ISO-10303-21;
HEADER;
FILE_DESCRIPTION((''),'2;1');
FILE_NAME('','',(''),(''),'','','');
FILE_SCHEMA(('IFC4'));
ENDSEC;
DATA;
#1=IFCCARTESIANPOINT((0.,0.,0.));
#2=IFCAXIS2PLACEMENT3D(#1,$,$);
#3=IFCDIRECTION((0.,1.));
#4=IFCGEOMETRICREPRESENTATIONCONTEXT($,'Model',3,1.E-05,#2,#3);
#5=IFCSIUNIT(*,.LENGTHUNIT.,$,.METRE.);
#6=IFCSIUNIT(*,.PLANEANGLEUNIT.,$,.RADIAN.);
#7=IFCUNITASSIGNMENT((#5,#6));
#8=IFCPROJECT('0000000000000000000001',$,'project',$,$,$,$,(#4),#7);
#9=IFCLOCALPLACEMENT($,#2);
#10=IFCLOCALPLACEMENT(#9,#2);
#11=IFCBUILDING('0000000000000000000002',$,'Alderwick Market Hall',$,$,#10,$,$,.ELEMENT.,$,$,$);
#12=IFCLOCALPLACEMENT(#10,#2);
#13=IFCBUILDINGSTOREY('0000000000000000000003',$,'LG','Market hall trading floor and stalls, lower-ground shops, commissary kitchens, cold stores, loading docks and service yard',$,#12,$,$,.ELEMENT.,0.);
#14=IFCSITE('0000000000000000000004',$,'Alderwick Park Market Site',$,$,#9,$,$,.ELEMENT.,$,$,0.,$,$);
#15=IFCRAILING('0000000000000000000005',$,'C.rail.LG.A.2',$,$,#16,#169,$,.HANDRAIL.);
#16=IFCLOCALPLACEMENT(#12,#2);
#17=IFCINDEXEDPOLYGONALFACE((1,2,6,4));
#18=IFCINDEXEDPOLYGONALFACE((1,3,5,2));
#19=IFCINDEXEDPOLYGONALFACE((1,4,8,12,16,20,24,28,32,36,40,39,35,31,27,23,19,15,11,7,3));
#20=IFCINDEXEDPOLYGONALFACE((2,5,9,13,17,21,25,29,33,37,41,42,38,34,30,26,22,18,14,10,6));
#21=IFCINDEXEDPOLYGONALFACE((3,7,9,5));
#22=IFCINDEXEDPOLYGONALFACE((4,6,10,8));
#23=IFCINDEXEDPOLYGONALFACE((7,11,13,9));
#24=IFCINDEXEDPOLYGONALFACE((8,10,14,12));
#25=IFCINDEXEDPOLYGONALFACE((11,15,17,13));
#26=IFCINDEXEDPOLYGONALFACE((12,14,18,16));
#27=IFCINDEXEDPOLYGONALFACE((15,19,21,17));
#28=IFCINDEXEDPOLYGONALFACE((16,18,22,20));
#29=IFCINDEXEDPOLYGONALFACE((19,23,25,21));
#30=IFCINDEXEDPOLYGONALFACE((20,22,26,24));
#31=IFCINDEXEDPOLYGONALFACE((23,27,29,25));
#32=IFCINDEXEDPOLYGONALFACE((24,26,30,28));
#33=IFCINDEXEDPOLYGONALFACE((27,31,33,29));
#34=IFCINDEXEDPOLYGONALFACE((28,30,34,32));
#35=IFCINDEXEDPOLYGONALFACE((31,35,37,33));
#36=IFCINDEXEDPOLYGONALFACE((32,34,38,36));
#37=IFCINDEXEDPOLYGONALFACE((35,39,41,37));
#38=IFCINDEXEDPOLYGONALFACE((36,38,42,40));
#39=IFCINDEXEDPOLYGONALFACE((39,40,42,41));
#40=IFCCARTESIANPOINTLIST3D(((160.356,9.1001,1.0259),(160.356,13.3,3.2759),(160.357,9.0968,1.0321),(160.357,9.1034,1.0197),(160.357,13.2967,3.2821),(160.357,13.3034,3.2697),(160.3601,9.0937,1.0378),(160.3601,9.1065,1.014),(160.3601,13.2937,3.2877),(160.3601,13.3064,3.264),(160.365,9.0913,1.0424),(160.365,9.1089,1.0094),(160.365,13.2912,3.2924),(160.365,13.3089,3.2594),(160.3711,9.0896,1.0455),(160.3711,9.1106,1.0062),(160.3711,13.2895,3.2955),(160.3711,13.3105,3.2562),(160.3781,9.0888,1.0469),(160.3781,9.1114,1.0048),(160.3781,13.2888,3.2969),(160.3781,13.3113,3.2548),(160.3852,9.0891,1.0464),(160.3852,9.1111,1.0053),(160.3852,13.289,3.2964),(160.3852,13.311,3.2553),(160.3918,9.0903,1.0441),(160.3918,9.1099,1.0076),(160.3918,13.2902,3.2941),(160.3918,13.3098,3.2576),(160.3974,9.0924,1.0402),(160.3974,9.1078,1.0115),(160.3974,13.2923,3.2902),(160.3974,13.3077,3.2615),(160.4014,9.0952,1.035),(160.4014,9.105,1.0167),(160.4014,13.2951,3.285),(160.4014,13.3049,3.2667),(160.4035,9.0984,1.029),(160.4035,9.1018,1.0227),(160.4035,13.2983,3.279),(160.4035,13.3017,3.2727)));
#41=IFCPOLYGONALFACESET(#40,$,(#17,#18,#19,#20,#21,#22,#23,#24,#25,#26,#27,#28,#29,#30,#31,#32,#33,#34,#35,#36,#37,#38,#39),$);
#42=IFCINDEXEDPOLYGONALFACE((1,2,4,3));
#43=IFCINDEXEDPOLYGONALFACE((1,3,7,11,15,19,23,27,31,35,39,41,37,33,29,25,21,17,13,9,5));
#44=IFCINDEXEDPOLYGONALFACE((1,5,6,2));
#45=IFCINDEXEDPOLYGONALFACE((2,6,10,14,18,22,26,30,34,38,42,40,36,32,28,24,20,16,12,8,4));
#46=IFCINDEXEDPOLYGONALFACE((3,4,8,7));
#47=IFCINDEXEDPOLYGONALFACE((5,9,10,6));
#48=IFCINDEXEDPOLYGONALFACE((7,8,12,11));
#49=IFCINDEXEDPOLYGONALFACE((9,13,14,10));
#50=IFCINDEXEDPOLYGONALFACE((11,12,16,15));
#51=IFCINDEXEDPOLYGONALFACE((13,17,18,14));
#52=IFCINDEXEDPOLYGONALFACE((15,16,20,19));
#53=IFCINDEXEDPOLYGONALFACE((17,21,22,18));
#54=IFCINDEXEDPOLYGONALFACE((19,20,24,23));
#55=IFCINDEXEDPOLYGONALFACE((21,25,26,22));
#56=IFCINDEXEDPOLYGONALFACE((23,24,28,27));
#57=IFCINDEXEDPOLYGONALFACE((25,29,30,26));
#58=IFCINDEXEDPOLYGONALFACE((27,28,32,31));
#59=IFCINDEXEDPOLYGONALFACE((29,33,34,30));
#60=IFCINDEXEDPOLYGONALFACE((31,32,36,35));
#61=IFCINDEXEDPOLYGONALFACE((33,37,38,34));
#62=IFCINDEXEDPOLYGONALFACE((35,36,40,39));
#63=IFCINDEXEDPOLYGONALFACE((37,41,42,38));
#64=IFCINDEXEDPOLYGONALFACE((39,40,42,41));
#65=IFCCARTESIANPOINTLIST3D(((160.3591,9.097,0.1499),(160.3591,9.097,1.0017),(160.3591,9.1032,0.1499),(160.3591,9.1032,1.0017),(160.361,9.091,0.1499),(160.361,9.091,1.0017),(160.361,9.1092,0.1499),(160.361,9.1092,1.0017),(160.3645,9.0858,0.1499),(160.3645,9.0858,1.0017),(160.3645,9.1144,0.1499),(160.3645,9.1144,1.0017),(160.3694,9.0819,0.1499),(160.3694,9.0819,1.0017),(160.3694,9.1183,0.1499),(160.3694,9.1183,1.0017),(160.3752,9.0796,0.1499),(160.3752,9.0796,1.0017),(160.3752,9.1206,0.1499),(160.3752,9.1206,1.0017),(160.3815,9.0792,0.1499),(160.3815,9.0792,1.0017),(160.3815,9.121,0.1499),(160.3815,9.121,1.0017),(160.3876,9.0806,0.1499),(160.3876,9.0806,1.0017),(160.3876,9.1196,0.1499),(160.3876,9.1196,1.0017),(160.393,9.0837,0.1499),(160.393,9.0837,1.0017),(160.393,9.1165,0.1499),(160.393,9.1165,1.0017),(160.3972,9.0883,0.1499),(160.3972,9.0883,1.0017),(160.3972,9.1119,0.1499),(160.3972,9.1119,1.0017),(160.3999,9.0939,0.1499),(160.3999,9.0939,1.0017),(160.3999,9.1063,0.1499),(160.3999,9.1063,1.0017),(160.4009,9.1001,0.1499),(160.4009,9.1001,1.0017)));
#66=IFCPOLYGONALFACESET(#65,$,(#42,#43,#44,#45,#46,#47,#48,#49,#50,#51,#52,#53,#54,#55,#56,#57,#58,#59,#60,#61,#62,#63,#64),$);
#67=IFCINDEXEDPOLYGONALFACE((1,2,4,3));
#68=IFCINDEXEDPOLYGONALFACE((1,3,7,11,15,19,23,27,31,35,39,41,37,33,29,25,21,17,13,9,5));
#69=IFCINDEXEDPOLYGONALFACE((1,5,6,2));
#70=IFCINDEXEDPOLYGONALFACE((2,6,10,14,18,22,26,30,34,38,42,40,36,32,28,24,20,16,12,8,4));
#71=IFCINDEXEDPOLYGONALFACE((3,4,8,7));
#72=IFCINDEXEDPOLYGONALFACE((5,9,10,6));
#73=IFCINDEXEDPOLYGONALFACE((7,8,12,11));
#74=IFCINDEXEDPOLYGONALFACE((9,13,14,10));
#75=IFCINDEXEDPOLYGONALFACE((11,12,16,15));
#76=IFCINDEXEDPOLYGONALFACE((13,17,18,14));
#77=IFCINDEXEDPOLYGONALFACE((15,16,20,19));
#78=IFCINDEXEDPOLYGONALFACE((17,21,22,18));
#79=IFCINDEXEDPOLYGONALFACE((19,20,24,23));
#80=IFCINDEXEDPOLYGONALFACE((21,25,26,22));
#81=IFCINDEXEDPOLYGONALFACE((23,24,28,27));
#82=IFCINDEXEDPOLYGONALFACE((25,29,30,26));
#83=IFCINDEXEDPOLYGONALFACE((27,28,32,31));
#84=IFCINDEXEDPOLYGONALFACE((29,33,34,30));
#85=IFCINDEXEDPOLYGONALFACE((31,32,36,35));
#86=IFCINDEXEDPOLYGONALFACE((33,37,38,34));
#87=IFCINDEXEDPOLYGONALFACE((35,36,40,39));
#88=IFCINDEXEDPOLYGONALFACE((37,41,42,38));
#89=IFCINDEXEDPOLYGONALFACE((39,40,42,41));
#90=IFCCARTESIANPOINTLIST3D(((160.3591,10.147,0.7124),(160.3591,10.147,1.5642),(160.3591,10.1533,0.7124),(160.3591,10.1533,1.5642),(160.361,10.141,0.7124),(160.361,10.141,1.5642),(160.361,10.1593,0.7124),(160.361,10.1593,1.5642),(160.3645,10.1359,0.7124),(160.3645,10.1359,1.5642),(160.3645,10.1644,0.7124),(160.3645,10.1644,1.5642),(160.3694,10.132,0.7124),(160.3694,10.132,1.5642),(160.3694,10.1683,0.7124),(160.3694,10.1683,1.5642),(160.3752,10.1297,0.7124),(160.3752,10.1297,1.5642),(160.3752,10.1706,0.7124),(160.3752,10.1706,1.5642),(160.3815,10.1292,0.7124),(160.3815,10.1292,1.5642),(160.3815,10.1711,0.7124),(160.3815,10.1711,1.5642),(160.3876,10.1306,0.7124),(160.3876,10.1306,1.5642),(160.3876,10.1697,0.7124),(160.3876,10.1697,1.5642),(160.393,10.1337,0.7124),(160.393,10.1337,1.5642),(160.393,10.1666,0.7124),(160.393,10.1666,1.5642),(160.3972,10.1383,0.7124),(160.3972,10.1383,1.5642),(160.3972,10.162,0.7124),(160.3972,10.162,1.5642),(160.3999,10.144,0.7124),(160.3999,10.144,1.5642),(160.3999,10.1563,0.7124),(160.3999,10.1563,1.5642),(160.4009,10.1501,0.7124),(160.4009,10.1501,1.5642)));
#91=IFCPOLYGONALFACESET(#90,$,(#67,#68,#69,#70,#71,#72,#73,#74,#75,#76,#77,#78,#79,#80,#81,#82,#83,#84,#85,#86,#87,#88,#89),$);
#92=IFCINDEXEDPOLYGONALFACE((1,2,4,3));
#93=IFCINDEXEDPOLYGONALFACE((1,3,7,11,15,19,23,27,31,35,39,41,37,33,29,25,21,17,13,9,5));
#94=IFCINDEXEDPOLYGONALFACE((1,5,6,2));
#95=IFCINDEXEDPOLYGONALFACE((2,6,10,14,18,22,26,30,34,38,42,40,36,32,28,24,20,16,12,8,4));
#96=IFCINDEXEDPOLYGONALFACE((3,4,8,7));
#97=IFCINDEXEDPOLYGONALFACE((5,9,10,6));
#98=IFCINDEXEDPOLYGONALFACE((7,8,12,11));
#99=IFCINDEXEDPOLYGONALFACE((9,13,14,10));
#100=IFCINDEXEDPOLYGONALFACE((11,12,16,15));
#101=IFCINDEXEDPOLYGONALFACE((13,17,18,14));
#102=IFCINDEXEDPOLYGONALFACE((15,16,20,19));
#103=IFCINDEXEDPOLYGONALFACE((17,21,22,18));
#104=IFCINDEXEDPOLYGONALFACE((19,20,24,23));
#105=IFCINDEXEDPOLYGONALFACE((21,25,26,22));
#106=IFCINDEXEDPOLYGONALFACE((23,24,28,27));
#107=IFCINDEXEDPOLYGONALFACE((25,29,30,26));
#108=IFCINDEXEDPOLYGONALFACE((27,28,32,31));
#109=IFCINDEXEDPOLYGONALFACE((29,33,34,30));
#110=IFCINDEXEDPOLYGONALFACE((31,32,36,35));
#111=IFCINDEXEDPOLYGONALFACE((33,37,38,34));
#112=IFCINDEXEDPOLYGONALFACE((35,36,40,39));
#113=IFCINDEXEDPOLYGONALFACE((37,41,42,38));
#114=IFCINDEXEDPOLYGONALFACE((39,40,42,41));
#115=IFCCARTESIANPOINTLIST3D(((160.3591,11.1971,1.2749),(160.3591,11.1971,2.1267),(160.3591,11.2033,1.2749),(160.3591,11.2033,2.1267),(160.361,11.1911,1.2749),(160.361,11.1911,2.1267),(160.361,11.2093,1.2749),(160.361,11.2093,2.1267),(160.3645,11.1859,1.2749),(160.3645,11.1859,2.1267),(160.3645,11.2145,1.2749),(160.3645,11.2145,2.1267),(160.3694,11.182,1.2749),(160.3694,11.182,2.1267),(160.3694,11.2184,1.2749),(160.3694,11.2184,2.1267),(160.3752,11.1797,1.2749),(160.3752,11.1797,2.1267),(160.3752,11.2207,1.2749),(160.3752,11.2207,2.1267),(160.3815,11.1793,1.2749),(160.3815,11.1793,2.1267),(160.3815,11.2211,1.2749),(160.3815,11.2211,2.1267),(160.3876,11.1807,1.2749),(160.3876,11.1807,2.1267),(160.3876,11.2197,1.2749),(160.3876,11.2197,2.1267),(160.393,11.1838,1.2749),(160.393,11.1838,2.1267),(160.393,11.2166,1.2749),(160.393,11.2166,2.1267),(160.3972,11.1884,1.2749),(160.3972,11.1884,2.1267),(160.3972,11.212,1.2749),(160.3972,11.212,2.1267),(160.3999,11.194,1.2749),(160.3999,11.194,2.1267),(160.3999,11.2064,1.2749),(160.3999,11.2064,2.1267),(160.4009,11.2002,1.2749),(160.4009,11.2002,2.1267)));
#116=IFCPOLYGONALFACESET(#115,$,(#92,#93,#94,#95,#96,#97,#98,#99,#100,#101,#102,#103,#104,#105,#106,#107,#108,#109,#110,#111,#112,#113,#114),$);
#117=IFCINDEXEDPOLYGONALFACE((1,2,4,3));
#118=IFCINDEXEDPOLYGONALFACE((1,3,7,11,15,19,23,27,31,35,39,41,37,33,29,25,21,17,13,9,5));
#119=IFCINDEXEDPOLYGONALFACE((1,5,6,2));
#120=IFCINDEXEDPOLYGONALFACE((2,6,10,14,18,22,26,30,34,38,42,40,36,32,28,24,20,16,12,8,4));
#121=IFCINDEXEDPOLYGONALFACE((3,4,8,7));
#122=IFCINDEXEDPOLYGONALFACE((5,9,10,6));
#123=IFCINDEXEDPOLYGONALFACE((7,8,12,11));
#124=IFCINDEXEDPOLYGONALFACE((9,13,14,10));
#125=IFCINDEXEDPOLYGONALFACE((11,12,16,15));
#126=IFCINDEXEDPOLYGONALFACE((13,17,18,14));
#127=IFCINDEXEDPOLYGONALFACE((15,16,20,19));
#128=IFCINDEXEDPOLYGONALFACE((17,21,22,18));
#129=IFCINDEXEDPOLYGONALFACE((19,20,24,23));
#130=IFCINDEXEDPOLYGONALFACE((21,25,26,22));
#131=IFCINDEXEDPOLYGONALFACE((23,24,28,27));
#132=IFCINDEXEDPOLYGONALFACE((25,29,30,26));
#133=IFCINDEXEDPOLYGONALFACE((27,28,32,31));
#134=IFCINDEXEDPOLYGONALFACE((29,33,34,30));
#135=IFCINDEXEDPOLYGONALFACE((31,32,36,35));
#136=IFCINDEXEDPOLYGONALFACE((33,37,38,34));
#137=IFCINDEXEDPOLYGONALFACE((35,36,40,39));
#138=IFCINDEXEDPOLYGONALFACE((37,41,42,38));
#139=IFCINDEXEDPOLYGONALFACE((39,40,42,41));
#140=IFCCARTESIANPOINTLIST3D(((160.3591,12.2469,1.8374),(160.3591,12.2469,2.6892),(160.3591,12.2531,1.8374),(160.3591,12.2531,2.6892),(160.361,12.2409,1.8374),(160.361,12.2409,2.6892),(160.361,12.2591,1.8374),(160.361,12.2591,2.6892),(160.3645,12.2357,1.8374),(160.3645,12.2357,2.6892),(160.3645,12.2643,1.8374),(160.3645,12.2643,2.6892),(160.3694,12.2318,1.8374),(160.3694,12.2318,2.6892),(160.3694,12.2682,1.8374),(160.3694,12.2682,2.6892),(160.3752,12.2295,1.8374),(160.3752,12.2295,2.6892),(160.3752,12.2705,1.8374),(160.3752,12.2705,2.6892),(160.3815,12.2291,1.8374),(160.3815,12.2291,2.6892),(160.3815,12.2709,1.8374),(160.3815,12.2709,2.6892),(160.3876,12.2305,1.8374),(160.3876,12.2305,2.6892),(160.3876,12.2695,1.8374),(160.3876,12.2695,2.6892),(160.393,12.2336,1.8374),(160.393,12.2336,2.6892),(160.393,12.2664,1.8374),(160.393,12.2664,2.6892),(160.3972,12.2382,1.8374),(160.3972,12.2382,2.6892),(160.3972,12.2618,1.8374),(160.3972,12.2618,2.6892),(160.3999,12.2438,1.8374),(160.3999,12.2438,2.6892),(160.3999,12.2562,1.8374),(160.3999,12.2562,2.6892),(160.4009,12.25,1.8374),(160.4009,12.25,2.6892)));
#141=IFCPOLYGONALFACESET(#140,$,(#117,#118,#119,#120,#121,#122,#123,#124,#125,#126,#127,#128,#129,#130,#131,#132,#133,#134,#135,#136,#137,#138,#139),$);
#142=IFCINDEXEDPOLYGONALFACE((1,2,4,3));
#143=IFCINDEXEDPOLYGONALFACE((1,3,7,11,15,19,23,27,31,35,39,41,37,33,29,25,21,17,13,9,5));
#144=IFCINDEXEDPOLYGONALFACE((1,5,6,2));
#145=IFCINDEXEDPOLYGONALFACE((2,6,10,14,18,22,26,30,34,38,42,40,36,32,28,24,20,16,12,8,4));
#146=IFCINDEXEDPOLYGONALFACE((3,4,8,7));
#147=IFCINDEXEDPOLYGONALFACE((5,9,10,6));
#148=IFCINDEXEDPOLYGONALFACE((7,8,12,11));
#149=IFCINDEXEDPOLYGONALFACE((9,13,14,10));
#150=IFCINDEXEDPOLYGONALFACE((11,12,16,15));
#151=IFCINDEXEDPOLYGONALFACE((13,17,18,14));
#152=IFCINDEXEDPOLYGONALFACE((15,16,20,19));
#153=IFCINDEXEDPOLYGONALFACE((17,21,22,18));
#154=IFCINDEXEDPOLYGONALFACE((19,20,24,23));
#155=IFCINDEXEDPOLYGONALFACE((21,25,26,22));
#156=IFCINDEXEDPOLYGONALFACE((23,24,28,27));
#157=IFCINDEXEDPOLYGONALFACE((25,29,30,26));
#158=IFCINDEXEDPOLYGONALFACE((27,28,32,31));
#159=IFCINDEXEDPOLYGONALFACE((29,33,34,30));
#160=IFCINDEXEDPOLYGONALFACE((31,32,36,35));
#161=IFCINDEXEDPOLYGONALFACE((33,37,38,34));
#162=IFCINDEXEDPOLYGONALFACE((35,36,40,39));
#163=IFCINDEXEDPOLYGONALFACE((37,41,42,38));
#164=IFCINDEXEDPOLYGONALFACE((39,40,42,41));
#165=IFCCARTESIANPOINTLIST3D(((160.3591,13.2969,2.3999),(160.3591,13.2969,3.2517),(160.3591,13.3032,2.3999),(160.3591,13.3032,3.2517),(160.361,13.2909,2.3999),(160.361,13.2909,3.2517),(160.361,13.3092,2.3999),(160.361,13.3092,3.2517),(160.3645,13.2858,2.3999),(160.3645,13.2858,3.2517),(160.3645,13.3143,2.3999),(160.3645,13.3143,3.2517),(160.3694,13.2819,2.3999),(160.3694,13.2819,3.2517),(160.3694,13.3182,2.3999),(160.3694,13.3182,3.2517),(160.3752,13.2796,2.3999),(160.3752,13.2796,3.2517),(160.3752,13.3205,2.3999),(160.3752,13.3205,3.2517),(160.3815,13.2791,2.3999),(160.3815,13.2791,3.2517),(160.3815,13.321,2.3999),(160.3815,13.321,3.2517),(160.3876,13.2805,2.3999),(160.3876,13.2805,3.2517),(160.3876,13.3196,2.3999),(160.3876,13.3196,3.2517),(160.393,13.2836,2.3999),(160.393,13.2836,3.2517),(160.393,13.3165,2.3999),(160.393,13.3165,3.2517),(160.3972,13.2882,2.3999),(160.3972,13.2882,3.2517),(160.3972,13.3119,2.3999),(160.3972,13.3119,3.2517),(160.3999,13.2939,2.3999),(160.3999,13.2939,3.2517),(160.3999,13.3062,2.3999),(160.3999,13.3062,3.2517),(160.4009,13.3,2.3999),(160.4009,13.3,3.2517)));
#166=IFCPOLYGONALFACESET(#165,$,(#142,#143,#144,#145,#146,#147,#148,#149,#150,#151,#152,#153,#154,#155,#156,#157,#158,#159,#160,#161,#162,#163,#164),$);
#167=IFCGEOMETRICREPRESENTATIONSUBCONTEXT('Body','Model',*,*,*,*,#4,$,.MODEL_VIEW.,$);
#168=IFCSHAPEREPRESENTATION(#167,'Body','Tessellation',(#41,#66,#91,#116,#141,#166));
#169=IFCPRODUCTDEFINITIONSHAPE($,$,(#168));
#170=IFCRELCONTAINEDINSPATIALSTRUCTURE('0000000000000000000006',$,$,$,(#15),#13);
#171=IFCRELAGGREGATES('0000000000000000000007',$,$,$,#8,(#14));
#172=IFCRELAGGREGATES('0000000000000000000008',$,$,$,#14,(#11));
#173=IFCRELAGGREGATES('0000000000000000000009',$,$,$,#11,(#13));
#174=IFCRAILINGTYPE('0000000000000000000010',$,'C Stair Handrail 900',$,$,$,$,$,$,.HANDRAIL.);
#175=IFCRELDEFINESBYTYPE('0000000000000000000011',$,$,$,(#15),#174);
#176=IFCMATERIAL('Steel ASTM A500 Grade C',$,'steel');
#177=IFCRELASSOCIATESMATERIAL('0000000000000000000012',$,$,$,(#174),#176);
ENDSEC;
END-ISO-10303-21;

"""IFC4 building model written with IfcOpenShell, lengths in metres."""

from ifc_helpers import new_model, si_unit, direction, frame, origin, origin_2d, place, context, subcontext, project, spatial, circle, extrude, material, type_object, element, save


model = new_model("IFC4")

# Units and contexts
model_context = context("Model", 3, precision=1e-05, world=origin(), true_north=direction((0.0, 1.0)))
body_context = subcontext(model_context, "Body", "Model", "MODEL_VIEW")
ifc_project = project(units=[si_unit("LENGTHUNIT", "METRE"), si_unit("PLANEANGLEUNIT", "RADIAN")], contexts=[model_context])

# Site, building, storey
site_placement = place(None, origin())
site = spatial("IfcSite", under=ifc_project, at=site_placement, Name="Alderwick Park Market Site", CompositionType="ELEMENT", RefElevation=0.0)
building_placement = place(site_placement, origin())
building = spatial("IfcBuilding", under=site, at=building_placement, Name="Alderwick Market Hall", CompositionType="ELEMENT")
storey_placement = place(building_placement, origin())
storey = spatial("IfcBuildingStorey", under=building, at=storey_placement, Name="LG", Description="Market hall trading floor and stalls, lower-ground shops, commissary kitchens, cold stores, loading docks and service yard", CompositionType="ELEMENT", Elevation=0.0)

# Railing
ifc_material_1 = material(Name="Steel ASTM A500 Grade C", Category="steel")
railing_type_1 = type_object("IfcRailingType", Name="C Stair Handrail 900", PredefinedType="HANDRAIL", material=ifc_material_1)
for number, where, name in (
    (1, (160.3799, 9.1001, 0.1499), "C.rail.LG.A.2"),
):
    element("IfcRailing", number, at=place(storey_placement, frame(where)), inside=storey, type_object=railing_type_1, Name=name, PredefinedType="HANDRAIL", context=body_context, shape_type="SweptSolid", body=[
        extrude(circle(Radius=0.0239, at=origin_2d()), frame((0.0, 0.0, 0.876), z_axis=(0.0, 0.881478, 0.472226), x_axis=(-1.0, 0.0, 0.0)), (0.0, 0.0, 1.0), 4.7646),
        extrude(circle(Radius=0.021, at=origin_2d()), origin(), (0.0, 0.0, 1.0), 0.8518),
        extrude(circle(Radius=0.021, at=origin_2d()), frame((0.0, 1.05, 0.5625)), (0.0, 0.0, 1.0), 0.8518),
        extrude(circle(Radius=0.021, at=origin_2d()), frame((0.0, 2.1001, 1.125)), (0.0, 0.0, 1.0), 0.8518),
        extrude(circle(Radius=0.021, at=origin_2d()), frame((0.0, 3.1499, 1.6875)), (0.0, 0.0, 1.0), 0.8518),
        extrude(circle(Radius=0.021, at=origin_2d()), frame((0.0, 4.2, 2.25)), (0.0, 0.0, 1.0), 0.8518),
    ])

save(model, "model.ifc")
